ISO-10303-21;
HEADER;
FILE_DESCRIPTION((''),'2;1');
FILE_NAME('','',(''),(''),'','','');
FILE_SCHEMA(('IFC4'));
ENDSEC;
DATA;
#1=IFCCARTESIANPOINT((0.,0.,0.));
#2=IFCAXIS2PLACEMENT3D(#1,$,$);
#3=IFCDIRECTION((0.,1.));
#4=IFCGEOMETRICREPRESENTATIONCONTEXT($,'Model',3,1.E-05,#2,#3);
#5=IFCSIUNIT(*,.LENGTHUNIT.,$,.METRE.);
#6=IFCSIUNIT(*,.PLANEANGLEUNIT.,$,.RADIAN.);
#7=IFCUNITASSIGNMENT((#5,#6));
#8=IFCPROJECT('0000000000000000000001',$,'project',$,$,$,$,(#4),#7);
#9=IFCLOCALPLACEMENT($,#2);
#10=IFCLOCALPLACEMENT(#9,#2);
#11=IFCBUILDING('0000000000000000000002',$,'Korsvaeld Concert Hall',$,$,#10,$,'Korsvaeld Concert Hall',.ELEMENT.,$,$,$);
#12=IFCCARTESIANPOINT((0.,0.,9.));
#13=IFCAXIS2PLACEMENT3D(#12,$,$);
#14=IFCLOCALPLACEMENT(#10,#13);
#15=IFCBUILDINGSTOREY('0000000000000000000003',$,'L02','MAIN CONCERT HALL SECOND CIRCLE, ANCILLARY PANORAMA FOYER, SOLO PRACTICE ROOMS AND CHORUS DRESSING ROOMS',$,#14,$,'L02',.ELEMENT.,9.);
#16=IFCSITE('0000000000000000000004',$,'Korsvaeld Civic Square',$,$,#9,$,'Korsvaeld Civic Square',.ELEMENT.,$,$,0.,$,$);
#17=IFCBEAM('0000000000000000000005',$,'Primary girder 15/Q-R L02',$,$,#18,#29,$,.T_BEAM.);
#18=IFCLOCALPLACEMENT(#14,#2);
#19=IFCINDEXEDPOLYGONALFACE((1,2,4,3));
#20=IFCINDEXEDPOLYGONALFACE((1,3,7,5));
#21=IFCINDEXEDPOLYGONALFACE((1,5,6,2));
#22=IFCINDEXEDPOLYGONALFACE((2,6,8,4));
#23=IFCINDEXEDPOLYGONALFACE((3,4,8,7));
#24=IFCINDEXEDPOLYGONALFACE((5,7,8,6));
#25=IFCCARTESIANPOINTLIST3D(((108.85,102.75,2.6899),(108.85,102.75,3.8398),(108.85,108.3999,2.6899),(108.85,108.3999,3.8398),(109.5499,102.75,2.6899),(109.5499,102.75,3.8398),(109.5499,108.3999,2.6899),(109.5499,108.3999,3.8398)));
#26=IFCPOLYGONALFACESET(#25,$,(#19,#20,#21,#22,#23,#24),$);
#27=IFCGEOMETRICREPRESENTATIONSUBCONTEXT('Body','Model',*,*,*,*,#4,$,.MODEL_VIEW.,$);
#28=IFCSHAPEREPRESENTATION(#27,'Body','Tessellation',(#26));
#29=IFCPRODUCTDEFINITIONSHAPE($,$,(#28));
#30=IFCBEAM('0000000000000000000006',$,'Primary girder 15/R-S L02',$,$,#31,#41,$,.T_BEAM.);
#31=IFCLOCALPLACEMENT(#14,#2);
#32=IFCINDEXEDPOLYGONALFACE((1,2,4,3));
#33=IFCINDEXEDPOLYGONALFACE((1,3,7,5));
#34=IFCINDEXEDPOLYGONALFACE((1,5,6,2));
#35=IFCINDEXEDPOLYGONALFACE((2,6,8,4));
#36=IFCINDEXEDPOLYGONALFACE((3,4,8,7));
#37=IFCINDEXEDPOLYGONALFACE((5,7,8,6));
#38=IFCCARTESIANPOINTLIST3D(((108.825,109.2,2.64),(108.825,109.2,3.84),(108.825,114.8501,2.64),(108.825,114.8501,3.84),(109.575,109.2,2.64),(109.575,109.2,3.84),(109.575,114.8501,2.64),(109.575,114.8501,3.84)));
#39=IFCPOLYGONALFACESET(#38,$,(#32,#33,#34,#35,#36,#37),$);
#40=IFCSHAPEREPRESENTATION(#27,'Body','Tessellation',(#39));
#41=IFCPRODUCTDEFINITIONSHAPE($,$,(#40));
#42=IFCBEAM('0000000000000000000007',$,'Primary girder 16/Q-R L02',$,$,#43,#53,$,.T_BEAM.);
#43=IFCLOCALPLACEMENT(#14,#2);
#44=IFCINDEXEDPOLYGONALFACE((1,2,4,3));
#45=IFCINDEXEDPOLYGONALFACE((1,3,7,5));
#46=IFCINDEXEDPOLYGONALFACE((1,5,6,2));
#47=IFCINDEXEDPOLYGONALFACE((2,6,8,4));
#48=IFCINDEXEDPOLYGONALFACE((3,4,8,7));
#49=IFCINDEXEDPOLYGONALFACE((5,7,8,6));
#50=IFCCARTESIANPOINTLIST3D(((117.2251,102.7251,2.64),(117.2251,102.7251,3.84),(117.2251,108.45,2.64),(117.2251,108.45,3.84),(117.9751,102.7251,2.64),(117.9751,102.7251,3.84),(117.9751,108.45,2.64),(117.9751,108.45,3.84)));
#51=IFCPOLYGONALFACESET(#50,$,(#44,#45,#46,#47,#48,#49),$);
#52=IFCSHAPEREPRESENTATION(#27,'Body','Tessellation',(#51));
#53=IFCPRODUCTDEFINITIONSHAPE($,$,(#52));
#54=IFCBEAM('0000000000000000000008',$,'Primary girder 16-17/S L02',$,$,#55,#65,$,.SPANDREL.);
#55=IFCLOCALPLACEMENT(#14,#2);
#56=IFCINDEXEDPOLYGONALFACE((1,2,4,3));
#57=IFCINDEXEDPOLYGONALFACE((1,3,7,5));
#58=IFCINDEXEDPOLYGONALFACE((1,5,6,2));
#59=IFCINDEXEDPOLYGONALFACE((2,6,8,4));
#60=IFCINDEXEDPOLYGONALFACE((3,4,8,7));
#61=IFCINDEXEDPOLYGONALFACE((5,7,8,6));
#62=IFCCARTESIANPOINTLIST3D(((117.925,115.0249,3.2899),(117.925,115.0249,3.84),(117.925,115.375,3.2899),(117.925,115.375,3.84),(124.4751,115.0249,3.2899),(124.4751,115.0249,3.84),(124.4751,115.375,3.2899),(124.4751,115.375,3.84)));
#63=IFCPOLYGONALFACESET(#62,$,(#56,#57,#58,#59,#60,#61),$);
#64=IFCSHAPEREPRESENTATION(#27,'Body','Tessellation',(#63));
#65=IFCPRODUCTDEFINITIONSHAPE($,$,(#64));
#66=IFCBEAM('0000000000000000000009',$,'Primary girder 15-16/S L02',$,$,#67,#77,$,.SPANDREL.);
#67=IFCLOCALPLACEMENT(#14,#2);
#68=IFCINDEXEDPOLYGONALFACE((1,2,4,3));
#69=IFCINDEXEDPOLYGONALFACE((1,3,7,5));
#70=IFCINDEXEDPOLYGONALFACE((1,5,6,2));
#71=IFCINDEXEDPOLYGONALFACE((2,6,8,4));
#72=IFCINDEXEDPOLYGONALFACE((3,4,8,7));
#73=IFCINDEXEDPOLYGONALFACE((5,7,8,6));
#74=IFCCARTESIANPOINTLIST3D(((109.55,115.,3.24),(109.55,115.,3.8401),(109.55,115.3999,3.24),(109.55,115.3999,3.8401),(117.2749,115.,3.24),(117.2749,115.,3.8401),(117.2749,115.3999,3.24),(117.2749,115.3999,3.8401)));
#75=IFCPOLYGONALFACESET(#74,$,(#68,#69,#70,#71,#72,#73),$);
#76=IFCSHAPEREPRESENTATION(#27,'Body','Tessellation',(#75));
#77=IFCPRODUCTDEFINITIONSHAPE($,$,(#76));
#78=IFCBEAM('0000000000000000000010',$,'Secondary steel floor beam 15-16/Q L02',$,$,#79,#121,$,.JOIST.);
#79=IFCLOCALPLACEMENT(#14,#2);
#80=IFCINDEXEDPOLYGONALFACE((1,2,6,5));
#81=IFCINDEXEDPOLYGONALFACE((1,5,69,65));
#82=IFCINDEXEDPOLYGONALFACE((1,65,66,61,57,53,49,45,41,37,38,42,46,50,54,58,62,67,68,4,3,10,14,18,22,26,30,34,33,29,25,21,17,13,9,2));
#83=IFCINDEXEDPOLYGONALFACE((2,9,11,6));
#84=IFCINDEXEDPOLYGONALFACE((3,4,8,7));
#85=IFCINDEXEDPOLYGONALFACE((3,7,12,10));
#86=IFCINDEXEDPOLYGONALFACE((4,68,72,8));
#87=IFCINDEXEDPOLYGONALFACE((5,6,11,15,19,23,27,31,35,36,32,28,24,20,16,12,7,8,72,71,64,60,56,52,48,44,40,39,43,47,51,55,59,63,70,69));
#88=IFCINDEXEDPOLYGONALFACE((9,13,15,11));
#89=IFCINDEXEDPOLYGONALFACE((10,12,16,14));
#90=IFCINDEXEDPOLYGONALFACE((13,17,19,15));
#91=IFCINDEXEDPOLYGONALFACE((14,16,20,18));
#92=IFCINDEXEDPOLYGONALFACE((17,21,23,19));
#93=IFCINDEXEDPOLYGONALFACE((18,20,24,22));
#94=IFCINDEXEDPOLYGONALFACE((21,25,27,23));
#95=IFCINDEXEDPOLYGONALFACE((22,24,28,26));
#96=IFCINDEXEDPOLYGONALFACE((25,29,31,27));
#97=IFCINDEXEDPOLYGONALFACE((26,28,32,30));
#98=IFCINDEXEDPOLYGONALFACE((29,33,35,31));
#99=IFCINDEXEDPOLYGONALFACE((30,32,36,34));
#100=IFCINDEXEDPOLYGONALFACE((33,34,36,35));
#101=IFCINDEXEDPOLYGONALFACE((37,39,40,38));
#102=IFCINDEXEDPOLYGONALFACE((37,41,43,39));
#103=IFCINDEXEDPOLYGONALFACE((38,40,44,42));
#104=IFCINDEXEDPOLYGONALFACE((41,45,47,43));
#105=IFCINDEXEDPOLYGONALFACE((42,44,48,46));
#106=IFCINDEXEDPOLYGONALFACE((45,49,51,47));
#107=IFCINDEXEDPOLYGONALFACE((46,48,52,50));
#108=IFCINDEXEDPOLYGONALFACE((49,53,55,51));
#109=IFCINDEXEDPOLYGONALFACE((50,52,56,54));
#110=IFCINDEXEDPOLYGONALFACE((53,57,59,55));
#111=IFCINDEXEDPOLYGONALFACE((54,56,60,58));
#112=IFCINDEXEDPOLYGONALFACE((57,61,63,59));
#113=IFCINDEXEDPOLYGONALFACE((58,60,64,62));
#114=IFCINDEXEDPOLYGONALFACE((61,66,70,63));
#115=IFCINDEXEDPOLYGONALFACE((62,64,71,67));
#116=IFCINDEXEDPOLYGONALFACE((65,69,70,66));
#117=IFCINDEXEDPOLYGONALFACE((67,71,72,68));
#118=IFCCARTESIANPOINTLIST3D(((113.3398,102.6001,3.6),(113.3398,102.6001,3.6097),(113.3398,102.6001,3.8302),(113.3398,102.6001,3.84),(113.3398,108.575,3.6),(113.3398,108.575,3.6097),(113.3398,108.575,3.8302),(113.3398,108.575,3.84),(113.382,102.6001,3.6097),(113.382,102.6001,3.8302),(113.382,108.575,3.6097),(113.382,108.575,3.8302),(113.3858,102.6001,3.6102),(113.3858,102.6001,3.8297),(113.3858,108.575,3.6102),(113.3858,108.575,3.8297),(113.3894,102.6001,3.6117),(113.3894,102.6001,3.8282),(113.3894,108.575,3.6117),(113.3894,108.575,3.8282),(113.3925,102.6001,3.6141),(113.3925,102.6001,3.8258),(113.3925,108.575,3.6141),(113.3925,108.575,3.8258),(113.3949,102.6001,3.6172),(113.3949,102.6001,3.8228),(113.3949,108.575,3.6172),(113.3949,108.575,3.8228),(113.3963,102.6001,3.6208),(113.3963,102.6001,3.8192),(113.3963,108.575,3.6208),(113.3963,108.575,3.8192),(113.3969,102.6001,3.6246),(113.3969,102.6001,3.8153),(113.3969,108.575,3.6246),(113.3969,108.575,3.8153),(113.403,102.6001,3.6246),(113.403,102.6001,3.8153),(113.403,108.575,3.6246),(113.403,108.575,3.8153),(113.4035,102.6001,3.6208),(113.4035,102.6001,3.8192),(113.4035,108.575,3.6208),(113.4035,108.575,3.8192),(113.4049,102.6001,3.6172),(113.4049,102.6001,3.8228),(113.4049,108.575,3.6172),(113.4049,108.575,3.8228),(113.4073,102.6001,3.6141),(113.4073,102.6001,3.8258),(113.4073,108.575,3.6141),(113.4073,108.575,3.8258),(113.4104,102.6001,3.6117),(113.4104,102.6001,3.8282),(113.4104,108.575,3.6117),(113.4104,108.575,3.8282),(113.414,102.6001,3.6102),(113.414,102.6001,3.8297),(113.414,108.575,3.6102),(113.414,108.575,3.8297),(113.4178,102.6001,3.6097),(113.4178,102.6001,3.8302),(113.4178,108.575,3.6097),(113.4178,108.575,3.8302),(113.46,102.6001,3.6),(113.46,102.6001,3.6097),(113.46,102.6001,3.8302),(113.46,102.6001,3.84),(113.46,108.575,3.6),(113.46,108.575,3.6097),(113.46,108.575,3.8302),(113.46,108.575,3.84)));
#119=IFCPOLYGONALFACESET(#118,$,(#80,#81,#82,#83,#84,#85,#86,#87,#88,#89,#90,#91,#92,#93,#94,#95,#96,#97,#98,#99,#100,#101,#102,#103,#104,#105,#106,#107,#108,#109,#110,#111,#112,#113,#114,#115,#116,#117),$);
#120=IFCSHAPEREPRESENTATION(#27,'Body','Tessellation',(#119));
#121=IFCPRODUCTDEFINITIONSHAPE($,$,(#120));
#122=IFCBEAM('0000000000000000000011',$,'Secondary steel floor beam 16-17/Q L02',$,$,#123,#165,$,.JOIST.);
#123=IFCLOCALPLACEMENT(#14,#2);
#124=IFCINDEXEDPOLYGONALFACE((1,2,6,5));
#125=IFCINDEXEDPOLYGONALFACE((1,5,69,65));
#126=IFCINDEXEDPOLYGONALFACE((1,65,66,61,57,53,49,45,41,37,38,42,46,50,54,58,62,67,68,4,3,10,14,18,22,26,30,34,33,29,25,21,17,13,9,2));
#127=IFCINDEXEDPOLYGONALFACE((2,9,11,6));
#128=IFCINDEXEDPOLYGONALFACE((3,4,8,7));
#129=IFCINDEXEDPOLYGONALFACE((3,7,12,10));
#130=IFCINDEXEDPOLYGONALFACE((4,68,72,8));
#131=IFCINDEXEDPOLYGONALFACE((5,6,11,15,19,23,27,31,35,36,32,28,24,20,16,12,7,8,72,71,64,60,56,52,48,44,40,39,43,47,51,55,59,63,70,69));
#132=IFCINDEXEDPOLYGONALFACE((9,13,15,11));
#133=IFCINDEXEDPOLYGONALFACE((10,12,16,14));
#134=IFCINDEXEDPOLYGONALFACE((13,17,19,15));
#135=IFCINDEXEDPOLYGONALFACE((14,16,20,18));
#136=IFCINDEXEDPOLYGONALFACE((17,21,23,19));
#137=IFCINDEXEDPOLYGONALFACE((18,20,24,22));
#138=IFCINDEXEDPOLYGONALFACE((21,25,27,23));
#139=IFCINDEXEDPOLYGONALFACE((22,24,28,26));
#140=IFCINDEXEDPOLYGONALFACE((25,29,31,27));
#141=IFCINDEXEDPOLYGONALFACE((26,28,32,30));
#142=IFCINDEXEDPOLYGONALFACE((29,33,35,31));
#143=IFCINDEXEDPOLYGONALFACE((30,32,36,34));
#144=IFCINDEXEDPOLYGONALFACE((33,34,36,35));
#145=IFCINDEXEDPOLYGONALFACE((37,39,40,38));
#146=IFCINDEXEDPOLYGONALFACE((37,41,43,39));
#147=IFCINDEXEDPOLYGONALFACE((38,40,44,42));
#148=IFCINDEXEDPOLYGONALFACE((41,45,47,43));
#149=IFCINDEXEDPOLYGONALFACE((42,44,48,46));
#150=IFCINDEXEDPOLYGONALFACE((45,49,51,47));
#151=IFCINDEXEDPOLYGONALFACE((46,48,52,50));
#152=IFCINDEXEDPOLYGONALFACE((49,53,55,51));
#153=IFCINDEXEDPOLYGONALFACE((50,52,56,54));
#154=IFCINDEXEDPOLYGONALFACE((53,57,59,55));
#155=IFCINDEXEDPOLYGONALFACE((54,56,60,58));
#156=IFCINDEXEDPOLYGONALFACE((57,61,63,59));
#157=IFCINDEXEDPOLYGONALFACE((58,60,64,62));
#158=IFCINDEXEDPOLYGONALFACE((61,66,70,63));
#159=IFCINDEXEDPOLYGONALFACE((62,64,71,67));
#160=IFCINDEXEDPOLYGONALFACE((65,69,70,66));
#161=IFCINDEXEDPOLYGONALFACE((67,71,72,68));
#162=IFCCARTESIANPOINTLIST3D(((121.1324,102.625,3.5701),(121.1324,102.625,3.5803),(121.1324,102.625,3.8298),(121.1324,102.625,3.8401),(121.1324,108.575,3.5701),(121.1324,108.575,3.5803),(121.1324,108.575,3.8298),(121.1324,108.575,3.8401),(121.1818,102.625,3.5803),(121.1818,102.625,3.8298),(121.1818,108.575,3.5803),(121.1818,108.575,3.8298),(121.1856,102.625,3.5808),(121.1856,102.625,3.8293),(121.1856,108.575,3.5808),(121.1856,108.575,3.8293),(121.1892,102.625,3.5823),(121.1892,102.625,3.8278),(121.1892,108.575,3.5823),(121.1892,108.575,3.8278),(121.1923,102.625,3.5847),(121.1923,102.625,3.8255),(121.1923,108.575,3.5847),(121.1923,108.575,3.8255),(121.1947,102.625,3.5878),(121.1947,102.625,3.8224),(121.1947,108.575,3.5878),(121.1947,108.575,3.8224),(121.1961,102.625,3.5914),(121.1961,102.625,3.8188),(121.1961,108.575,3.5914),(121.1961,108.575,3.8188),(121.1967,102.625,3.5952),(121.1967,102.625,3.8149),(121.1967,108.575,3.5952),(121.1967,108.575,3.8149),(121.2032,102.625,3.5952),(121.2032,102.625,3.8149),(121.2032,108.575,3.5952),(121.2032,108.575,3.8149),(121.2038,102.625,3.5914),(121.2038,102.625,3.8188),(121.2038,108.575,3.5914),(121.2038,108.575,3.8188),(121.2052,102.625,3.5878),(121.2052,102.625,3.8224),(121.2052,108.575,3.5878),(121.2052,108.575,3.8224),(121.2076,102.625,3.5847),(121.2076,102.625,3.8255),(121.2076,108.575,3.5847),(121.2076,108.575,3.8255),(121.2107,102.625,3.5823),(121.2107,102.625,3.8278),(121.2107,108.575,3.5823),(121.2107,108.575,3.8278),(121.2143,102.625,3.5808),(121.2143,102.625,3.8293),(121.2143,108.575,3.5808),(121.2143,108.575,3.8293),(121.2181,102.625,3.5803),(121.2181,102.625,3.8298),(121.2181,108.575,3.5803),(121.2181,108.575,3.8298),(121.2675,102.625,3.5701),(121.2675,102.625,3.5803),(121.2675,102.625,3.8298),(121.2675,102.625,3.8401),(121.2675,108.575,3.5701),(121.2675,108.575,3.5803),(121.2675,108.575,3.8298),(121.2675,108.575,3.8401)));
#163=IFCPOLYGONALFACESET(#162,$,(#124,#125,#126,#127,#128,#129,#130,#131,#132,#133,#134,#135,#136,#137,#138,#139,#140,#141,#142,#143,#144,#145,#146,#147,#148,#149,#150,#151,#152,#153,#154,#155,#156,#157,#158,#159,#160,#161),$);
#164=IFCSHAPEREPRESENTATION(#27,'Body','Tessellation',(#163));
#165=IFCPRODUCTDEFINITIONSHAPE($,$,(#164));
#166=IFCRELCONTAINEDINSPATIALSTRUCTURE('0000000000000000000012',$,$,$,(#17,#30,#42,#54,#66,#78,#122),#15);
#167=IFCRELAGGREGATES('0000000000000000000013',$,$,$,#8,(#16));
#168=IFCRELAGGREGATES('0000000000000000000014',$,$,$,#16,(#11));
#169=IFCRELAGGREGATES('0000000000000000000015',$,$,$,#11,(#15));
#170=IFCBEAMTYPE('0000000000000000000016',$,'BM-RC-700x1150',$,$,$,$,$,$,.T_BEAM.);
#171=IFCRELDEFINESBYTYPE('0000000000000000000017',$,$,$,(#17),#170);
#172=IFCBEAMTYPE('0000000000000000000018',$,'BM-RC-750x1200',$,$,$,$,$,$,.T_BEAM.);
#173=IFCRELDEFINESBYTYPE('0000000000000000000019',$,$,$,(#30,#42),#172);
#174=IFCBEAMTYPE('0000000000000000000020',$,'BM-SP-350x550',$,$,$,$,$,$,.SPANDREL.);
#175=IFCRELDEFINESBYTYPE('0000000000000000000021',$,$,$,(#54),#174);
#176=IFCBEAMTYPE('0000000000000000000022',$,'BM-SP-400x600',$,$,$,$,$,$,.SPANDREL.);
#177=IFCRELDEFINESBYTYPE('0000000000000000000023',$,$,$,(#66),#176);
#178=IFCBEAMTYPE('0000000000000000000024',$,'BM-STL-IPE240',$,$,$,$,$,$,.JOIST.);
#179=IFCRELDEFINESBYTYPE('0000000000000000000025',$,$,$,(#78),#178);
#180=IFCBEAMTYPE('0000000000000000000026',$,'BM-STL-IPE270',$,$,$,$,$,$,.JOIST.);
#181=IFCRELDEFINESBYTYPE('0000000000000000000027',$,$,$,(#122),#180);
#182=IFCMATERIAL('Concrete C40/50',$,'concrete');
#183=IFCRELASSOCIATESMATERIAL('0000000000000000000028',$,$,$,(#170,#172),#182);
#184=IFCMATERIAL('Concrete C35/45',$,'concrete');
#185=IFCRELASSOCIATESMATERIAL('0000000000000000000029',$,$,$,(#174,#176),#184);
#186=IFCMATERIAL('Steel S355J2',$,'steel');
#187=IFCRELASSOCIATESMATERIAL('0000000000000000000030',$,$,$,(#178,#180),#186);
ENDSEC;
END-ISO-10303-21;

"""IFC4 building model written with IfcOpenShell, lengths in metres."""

from ifc_helpers import new_model, si_unit, direction, frame, origin, origin_2d, place, context, subcontext, project, spatial, rectangle, i_section, extrude, material, material_profile, profile_set, type_object, element, save


model = new_model("IFC4")

# Units and contexts
model_context = context("Model", 3, precision=1e-05, world=origin(), true_north=direction((0.0, 1.0)))
body_context = subcontext(model_context, "Body", "Model", "MODEL_VIEW")
ifc_project = project(units=[si_unit("LENGTHUNIT", "METRE"), si_unit("PLANEANGLEUNIT", "RADIAN")], contexts=[model_context])

# Site, building, storey
site_placement = place(None, origin())
site = spatial("IfcSite", under=ifc_project, at=site_placement, Name="Korsvaeld Civic Square", LongName="Korsvaeld Civic Square", CompositionType="ELEMENT", RefElevation=0.0)
building_placement = place(site_placement, origin())
building = spatial("IfcBuilding", under=site, at=building_placement, Name="Korsvaeld Concert Hall", LongName="Korsvaeld Concert Hall", CompositionType="ELEMENT")
storey_placement = place(building_placement, frame((0.0, 0.0, 9.0)))
storey = spatial("IfcBuildingStorey", under=building, at=storey_placement, Name="L02", Description="MAIN CONCERT HALL SECOND CIRCLE, ANCILLARY PANORAMA FOYER, SOLO PRACTICE ROOMS AND CHORUS DRESSING ROOMS", LongName="L02", CompositionType="ELEMENT", Elevation=9.0)

# Shared definitions
ifc_material_1 = material(Name="Concrete C40/50", Category="concrete")

# Beams
ifc_material_2 = material(Name="Concrete C35/45", Category="concrete")
ifc_material_profile_1 = material_profile(ifc_material_1, rectangle(XDim=0.7, YDim=1.1499, at=origin_2d()), Name="RC 700x1150")
ifc_profile_set_1 = profile_set([ifc_material_profile_1], Name="Concrete C40/50")
beam_type_1 = type_object("IfcBeamType", Name="BM-RC-700x1150", PredefinedType="T_BEAM", material=ifc_profile_set_1)
beam_1_placement = place(storey_placement, frame((109.2, 102.75, 3.2649), z_axis=(0.0, 1.0, 0.0), x_axis=(-1.0, 0.0, 0.0)))
element("IfcBeam", 1, at=beam_1_placement, inside=storey, type_object=beam_type_1, Name="Primary girder 15/Q-R L02", PredefinedType="T_BEAM", context=body_context, shape_type="SweptSolid", body=[
    extrude(rectangle(XDim=0.7, YDim=1.1499, at=origin_2d()), origin(), (0.0, 0.0, 1.0), 5.6499),
])
ifc_material_profile_2 = material_profile(ifc_material_1, rectangle(XDim=0.75, YDim=1.2, at=origin_2d()), Name="RC 750x1200")
ifc_profile_set_2 = profile_set([ifc_material_profile_2], Name="Concrete C40/50")
beam_type_2 = type_object("IfcBeamType", Name="BM-RC-750x1200", PredefinedType="T_BEAM", material=ifc_profile_set_2)
beam_2_placement = place(storey_placement, frame((109.2, 109.2, 3.24), z_axis=(0.0, 1.0, 0.0), x_axis=(-1.0, 0.0, 0.0)))
element("IfcBeam", 2, at=beam_2_placement, inside=storey, type_object=beam_type_2, Name="Primary girder 15/R-S L02", PredefinedType="T_BEAM", context=body_context, shape_type="SweptSolid", body=[
    extrude(rectangle(XDim=0.75, YDim=1.2, at=origin_2d()), origin(), (0.0, 0.0, 1.0), 5.6501),
])
beam_3_placement = place(storey_placement, frame((117.6001, 102.7251, 3.24), z_axis=(0.0, 1.0, 0.0), x_axis=(-1.0, 0.0, 0.0)))
element("IfcBeam", 3, at=beam_3_placement, inside=storey, type_object=beam_type_2, Name="Primary girder 16/Q-R L02", PredefinedType="T_BEAM", context=body_context, shape_type="SweptSolid", body=[
    extrude(rectangle(XDim=0.75, YDim=1.2, at=origin_2d()), origin(), (0.0, 0.0, 1.0), 5.7249),
])
ifc_material_profile_3 = material_profile(ifc_material_2, rectangle(XDim=0.3501, YDim=0.55, at=origin_2d()), Name="RC 350x550")
ifc_profile_set_3 = profile_set([ifc_material_profile_3], Name="Concrete C35/45")
beam_type_3 = type_object("IfcBeamType", Name="BM-SP-350x550", PredefinedType="SPANDREL", material=ifc_profile_set_3)
beam_4_placement = place(storey_placement, frame((117.925, 115.2, 3.5649), z_axis=(1.0, 0.0, 0.0), x_axis=(0.0, 1.0, 0.0)))
element("IfcBeam", 4, at=beam_4_placement, inside=storey, type_object=beam_type_3, Name="Primary girder 16-17/S L02", PredefinedType="SPANDREL", context=body_context, shape_type="SweptSolid", body=[
    extrude(rectangle(XDim=0.3501, YDim=0.55, at=origin_2d()), origin(), (0.0, 0.0, 1.0), 6.55),
])
ifc_material_profile_4 = material_profile(ifc_material_2, rectangle(XDim=0.3999, YDim=0.6001, at=origin_2d()), Name="RC 400x600")
ifc_profile_set_4 = profile_set([ifc_material_profile_4], Name="Concrete C35/45")
beam_type_4 = type_object("IfcBeamType", Name="BM-SP-400x600", PredefinedType="SPANDREL", material=ifc_profile_set_4)
beam_5_placement = place(storey_placement, frame((109.55, 115.2, 3.54), z_axis=(1.0, 0.0, 0.0), x_axis=(0.0, 1.0, 0.0)))
element("IfcBeam", 5, at=beam_5_placement, inside=storey, type_object=beam_type_4, Name="Primary girder 15-16/S L02", PredefinedType="SPANDREL", context=body_context, shape_type="SweptSolid", body=[
    extrude(rectangle(XDim=0.3999, YDim=0.6001, at=origin_2d()), origin(), (0.0, 0.0, 1.0), 7.7249),
])
ifc_material_3 = material(Name="Steel S355J2", Category="steel")
ifc_material_profile_5 = material_profile(ifc_material_3, i_section(OverallWidth=0.1201, OverallDepth=0.24, WebThickness=0.0061, FlangeThickness=0.0098, FilletRadius=0.0149, at=origin_2d()), Name="IPE 240")
ifc_profile_set_5 = profile_set([ifc_material_profile_5], Name="Steel S355J2")
beam_type_5 = type_object("IfcBeamType", Name="BM-STL-IPE240", PredefinedType="JOIST", material=ifc_profile_set_5)
beam_6_placement = place(storey_placement, frame((113.3999, 102.6001, 3.72), z_axis=(0.0, 1.0, 0.0), x_axis=(-1.0, 0.0, 0.0)))
element("IfcBeam", 6, at=beam_6_placement, inside=storey, type_object=beam_type_5, Name="Secondary steel floor beam 15-16/Q L02", PredefinedType="JOIST", context=body_context, shape_type="SweptSolid", body=[
    extrude(i_section(OverallWidth=0.1201, OverallDepth=0.24, WebThickness=0.0061, FlangeThickness=0.0098, FilletRadius=0.0149, at=origin_2d()), origin(), (0.0, 0.0, 1.0), 5.9749),
])
ifc_material_profile_6 = material_profile(ifc_material_3, i_section(OverallWidth=0.135, OverallDepth=0.27, WebThickness=0.0066, FlangeThickness=0.0103, FilletRadius=0.0149, at=origin_2d()), Name="IPE 270")
ifc_profile_set_6 = profile_set([ifc_material_profile_6], Name="Steel S355J2")
beam_type_6 = type_object("IfcBeamType", Name="BM-STL-IPE270", PredefinedType="JOIST", material=ifc_profile_set_6)
beam_7_placement = place(storey_placement, frame((121.2, 102.625, 3.7051), z_axis=(0.0, 1.0, 0.0), x_axis=(-1.0, 0.0, 0.0)))
element("IfcBeam", 7, at=beam_7_placement, inside=storey, type_object=beam_type_6, Name="Secondary steel floor beam 16-17/Q L02", PredefinedType="JOIST", context=body_context, shape_type="SweptSolid", body=[
    extrude(i_section(OverallWidth=0.135, OverallDepth=0.27, WebThickness=0.0066, FlangeThickness=0.0103, FilletRadius=0.0149, at=origin_2d()), origin(), (0.0, 0.0, 1.0), 5.95),
])

save(model, "model.ifc")
